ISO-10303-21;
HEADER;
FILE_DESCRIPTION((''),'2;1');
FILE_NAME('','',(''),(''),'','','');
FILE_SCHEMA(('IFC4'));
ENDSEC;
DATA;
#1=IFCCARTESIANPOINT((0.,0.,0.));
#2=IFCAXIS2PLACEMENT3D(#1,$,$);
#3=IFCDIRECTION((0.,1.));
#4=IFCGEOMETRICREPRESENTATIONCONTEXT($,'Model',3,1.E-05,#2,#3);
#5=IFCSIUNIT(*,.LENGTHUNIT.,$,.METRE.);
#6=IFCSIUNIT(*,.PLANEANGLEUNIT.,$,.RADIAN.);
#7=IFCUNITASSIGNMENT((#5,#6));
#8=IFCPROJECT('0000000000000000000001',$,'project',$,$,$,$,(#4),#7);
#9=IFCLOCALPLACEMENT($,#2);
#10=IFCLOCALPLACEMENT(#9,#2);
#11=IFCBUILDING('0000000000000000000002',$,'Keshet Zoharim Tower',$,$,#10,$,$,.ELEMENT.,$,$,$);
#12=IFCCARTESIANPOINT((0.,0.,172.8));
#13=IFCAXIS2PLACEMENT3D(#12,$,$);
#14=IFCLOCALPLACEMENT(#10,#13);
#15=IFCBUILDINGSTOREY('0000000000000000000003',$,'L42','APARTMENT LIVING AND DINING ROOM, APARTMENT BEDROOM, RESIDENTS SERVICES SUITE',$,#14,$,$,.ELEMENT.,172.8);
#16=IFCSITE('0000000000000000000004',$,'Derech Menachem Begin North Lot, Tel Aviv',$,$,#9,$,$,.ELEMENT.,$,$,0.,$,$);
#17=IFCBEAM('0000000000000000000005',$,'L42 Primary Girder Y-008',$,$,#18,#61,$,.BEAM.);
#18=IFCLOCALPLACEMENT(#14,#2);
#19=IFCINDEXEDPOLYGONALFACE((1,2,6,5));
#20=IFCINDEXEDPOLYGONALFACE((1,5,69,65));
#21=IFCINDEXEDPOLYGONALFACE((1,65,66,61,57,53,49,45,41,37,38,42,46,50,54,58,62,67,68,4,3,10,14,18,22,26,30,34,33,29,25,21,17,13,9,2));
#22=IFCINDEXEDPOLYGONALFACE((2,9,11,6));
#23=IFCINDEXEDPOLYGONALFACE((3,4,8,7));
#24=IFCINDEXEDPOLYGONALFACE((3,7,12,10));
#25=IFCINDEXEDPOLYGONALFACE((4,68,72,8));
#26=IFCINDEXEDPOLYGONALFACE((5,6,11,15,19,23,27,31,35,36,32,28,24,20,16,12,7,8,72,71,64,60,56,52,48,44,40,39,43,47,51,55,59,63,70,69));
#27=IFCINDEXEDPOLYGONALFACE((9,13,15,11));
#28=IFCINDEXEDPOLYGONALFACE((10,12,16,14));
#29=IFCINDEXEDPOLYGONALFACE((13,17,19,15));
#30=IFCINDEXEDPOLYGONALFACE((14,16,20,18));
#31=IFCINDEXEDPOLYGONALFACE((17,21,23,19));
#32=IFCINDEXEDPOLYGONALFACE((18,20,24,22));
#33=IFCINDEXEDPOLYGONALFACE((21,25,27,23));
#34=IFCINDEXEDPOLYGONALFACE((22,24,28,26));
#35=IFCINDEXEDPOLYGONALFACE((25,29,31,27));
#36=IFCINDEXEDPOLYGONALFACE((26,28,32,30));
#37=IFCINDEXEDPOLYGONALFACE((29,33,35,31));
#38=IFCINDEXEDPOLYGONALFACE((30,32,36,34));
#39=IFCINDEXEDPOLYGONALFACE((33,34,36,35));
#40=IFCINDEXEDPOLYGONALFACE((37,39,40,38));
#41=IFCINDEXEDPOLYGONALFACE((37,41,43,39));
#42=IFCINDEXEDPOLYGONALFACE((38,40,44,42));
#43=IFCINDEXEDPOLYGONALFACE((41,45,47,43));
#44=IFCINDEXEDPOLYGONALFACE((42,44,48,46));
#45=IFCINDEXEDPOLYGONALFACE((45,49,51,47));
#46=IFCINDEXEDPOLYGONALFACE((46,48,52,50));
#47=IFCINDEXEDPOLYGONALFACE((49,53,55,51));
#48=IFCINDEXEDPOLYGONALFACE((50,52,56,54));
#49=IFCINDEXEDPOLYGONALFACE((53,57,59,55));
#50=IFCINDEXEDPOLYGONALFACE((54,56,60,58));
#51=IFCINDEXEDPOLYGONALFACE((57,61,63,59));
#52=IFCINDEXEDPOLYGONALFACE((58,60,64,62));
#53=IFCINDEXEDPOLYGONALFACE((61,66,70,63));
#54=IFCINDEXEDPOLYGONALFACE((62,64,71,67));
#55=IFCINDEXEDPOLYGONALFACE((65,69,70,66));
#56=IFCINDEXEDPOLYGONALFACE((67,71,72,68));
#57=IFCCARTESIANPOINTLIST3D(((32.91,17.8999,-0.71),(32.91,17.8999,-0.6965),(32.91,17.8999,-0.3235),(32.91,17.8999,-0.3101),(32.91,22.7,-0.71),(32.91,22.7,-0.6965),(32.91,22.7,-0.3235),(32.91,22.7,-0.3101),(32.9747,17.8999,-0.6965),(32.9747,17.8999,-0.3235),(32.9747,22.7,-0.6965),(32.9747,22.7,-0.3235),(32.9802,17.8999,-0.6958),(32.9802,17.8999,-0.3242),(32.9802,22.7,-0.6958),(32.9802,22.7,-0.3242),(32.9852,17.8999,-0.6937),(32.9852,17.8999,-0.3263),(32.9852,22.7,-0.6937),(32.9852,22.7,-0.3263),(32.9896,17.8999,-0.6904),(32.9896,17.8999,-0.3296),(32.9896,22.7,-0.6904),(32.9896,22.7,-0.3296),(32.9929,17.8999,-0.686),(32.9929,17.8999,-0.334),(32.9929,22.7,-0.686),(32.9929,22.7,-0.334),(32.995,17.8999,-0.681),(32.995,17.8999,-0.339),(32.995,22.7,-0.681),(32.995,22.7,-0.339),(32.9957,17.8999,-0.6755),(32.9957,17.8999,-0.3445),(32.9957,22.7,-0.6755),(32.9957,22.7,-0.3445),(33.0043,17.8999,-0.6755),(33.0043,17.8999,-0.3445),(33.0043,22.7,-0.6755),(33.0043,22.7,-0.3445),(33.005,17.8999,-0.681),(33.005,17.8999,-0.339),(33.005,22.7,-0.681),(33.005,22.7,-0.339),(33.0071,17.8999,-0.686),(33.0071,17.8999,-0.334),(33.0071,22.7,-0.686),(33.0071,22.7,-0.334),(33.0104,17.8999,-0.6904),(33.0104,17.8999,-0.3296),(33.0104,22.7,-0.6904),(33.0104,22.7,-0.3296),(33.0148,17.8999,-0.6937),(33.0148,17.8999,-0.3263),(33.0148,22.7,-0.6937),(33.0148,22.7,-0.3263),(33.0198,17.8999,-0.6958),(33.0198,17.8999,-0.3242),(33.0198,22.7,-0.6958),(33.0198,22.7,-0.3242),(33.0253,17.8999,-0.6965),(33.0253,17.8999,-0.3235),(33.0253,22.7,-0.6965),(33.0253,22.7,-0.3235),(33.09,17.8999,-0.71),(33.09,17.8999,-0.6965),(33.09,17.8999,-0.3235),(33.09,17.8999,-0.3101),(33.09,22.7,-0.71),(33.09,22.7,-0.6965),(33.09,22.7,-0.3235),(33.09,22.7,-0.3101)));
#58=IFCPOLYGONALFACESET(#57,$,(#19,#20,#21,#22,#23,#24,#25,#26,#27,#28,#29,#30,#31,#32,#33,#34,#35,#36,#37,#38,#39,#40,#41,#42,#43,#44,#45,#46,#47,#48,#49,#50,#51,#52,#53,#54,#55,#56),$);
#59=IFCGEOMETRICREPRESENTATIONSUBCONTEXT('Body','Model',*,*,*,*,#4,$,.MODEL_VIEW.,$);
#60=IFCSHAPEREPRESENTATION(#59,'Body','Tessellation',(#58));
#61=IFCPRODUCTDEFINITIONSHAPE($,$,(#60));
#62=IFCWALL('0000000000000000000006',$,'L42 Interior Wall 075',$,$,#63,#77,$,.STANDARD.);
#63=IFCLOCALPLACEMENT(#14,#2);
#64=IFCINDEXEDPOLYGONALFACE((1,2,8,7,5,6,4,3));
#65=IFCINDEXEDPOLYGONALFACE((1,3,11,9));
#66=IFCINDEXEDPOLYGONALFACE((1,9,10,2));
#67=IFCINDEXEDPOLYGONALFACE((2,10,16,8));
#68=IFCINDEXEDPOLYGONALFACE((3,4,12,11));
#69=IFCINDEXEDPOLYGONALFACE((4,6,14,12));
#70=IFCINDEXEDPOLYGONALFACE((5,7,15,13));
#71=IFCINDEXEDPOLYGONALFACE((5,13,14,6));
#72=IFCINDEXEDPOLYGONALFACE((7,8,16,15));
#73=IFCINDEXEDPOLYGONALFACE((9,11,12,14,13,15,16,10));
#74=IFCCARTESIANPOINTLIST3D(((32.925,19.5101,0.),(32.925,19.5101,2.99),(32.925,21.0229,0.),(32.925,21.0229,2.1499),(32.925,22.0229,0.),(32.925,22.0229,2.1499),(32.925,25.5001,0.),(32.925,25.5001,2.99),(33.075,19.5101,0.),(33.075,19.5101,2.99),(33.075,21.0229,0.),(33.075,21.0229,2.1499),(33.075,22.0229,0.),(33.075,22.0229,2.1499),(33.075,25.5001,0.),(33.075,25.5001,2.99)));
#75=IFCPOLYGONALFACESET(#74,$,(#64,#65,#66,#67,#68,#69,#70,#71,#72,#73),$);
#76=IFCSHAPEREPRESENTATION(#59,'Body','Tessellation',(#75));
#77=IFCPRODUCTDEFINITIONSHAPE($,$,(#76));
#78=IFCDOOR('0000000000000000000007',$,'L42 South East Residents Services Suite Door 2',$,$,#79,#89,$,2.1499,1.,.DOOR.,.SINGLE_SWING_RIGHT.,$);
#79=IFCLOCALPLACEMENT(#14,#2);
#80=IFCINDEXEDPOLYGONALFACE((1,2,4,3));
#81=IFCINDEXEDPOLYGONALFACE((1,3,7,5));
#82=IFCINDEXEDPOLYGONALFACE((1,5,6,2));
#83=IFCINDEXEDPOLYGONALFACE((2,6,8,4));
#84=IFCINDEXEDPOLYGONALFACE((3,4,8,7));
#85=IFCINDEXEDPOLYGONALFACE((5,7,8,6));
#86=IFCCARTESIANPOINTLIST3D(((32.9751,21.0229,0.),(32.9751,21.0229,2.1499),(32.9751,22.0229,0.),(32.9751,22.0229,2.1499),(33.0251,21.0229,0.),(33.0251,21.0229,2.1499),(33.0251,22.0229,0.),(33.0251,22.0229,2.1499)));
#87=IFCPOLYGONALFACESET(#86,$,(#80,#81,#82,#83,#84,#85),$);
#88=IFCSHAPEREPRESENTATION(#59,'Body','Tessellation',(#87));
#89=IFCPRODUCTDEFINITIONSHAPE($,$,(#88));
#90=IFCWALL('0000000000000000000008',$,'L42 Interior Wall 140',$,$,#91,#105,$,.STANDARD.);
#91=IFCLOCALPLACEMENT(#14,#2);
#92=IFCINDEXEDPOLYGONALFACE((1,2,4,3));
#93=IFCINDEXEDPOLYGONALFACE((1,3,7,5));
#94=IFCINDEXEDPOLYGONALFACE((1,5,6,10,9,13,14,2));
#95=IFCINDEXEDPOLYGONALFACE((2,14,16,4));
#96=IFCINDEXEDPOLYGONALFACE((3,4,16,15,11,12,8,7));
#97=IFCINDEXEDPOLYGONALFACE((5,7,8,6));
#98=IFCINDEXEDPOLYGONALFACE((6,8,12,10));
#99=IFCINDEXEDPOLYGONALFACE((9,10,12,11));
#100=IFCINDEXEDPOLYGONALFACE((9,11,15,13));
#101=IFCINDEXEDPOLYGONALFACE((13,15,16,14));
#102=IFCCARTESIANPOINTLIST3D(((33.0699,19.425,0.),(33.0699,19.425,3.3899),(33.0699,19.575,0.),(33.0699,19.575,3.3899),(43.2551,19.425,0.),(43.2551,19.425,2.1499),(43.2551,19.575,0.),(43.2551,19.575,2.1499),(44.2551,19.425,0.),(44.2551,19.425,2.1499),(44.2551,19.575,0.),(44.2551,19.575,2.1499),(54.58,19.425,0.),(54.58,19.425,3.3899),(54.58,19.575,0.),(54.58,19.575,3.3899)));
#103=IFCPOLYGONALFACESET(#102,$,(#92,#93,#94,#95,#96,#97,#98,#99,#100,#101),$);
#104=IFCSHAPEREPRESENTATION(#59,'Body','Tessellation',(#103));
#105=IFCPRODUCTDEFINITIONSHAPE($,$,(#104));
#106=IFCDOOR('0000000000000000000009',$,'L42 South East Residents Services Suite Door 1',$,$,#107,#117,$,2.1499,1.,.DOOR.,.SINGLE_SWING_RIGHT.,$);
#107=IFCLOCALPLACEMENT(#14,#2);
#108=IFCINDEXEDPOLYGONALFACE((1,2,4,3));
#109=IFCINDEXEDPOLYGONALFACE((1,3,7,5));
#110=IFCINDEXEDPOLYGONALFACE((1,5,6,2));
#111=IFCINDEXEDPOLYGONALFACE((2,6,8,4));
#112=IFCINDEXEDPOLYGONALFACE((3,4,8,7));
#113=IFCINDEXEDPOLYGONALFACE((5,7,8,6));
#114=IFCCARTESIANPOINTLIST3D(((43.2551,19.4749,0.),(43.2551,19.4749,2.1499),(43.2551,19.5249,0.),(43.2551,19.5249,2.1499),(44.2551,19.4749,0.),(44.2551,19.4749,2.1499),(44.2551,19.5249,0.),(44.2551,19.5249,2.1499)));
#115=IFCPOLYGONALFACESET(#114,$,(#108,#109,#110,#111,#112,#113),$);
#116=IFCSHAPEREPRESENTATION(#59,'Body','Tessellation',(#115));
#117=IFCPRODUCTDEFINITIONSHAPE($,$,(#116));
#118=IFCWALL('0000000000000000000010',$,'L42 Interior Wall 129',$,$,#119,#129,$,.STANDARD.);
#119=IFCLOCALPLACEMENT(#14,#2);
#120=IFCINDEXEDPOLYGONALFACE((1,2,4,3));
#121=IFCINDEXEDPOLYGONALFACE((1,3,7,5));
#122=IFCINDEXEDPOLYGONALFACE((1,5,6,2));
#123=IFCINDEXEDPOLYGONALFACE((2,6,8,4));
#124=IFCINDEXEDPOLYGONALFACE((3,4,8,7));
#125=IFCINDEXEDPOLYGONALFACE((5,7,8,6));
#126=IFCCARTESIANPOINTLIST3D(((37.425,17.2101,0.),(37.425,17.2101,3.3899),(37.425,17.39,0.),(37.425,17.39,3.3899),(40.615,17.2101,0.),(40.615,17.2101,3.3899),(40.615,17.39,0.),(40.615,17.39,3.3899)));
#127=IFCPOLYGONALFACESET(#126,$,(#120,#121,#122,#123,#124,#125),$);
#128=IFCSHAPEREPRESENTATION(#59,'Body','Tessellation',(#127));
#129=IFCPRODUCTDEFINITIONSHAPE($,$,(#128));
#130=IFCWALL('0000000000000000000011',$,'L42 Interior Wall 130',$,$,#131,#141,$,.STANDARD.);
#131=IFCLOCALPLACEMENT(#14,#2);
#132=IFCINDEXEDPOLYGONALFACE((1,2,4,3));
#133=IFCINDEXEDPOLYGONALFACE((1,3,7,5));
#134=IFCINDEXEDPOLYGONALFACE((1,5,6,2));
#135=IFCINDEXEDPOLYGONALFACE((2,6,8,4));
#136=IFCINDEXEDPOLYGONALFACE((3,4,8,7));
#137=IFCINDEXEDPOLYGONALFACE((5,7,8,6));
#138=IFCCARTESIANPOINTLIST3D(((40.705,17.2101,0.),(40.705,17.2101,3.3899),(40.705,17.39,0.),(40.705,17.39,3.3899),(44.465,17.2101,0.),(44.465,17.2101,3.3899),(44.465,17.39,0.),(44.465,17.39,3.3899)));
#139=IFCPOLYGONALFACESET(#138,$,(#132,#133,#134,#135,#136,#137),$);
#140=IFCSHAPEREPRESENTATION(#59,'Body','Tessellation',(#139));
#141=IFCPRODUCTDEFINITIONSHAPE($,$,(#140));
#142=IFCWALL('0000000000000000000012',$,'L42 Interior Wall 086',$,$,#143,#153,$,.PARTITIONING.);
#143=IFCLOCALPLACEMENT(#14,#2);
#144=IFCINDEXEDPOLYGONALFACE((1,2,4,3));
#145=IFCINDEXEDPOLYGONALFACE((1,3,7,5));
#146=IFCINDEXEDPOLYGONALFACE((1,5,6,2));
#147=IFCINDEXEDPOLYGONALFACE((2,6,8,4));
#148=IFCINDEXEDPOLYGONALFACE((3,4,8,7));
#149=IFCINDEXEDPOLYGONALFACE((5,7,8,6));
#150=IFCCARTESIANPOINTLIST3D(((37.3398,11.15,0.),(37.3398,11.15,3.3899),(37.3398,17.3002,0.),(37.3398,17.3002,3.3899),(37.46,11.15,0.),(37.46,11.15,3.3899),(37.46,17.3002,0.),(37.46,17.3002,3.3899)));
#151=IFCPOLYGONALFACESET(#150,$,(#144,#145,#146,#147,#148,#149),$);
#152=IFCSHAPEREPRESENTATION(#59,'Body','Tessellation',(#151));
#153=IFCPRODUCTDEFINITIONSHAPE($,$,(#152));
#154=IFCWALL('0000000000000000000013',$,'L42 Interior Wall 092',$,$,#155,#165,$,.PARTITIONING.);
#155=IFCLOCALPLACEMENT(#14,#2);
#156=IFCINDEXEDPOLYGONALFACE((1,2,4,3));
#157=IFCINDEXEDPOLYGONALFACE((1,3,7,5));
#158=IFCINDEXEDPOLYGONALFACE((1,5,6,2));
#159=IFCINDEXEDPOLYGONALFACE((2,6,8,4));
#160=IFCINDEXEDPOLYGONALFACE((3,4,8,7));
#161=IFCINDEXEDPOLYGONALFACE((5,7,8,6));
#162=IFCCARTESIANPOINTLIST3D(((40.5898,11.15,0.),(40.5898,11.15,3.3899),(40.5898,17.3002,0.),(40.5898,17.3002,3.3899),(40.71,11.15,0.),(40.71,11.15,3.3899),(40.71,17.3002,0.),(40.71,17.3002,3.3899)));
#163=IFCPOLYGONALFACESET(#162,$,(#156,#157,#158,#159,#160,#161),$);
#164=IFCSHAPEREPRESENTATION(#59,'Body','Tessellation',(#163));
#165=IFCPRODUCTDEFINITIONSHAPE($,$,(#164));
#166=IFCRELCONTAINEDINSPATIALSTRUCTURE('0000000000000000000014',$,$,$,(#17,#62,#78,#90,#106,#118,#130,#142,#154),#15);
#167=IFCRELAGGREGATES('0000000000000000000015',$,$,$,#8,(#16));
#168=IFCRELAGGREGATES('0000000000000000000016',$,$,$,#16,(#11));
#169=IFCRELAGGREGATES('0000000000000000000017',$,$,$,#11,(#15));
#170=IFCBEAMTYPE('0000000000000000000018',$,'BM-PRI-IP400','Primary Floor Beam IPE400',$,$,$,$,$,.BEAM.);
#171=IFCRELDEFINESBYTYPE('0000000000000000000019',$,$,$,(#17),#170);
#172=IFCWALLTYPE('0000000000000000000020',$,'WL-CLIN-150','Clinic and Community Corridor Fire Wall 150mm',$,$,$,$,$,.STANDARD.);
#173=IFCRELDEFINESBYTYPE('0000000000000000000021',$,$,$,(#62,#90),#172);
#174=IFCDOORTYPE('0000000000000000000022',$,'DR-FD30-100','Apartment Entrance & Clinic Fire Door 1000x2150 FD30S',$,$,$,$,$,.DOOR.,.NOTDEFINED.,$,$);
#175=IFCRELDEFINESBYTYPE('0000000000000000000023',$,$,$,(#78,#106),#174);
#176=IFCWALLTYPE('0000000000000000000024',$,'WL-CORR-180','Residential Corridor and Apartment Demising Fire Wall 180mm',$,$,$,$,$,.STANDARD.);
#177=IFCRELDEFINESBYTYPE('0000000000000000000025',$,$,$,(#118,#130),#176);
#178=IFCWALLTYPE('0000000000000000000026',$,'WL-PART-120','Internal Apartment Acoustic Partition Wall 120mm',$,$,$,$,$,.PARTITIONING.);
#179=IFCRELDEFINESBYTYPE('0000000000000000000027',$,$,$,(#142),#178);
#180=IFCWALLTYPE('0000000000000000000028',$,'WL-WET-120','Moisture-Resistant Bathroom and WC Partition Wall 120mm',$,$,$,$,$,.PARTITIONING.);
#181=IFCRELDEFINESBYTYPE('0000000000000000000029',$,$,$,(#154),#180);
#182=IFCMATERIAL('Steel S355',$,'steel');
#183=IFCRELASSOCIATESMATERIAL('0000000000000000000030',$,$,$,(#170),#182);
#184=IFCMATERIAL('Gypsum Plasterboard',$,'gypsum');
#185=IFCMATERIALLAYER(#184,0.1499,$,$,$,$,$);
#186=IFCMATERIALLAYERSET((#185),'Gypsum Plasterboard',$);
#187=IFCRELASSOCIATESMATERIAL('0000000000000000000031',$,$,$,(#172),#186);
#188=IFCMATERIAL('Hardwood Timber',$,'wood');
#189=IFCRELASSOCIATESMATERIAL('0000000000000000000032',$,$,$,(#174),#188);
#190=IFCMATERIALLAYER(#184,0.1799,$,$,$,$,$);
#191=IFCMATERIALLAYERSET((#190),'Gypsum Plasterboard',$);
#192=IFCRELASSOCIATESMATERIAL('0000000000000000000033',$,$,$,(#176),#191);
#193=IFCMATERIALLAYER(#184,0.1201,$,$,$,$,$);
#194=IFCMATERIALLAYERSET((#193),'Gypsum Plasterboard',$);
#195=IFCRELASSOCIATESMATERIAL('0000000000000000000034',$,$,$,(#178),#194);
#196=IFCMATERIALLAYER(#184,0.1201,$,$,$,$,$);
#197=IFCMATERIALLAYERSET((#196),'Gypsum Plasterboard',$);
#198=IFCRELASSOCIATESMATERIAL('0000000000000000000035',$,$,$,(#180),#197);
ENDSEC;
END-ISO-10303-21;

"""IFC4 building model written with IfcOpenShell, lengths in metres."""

from ifc_helpers import new_model, si_unit, direction, frame, frame_2d, origin, origin_2d, place, context, subcontext, project, spatial, rectangle, i_section, extrude, material, layer, layer_set, material_profile, profile_set, type_object, element, fill, save


model = new_model("IFC4")

# Units and contexts
model_context = context("Model", 3, precision=1e-05, world=origin(), true_north=direction((0.0, 1.0)))
body_context = subcontext(model_context, "Body", "Model", "MODEL_VIEW")
ifc_project = project(units=[si_unit("LENGTHUNIT", "METRE"), si_unit("PLANEANGLEUNIT", "RADIAN")], contexts=[model_context])

# Site, building, storey
site_placement = place(None, origin())
site = spatial("IfcSite", under=ifc_project, at=site_placement, Name="Derech Menachem Begin North Lot, Tel Aviv", CompositionType="ELEMENT", RefElevation=0.0)
building_placement = place(site_placement, origin())
building = spatial("IfcBuilding", under=site, at=building_placement, Name="Keshet Zoharim Tower", CompositionType="ELEMENT")
storey_placement = place(building_placement, frame((0.0, 0.0, 172.8)))
storey = spatial("IfcBuildingStorey", under=building, at=storey_placement, Name="L42", Description="APARTMENT LIVING AND DINING ROOM, APARTMENT BEDROOM, RESIDENTS SERVICES SUITE", CompositionType="ELEMENT", Elevation=172.8)

# Beam
ifc_material_1 = material(Name="Steel S355", Category="steel")
ifc_material_profile_1 = material_profile(ifc_material_1, i_section(OverallWidth=0.1799, OverallDepth=0.3999, WebThickness=0.0085, FlangeThickness=0.0134, FilletRadius=0.021, at=origin_2d()), Name="IPE400")
ifc_profile_set_1 = profile_set([ifc_material_profile_1], Name="Steel S355")
beam_type_1 = type_object("IfcBeamType", Name="BM-PRI-IP400", Description="Primary Floor Beam IPE400", PredefinedType="BEAM", material=ifc_profile_set_1)
beam_1_placement = place(storey_placement, frame((33.0, 17.8999, -0.51), z_axis=(0.0, 1.0, 0.0), x_axis=(-1.0, 0.0, 0.0)))
element("IfcBeam", 1, at=beam_1_placement, inside=storey, type_object=beam_type_1, Name="L42 Primary Girder Y-008", PredefinedType="BEAM", context=body_context, shape_type="SweptSolid", body=[
    extrude(i_section(OverallWidth=0.1799, OverallDepth=0.3999, WebThickness=0.0085, FlangeThickness=0.0134, FilletRadius=0.021, at=origin_2d()), origin(), (0.0, 0.0, 1.0), 4.8),
])

# Walls, openings, doors
ifc_material_2 = material(Name="Gypsum Plasterboard", Category="gypsum")
ifc_layer_1 = layer(ifc_material_2, 0.1499)
ifc_layer_set_1 = layer_set([ifc_layer_1], Name="Gypsum Plasterboard")
wall_type_1 = type_object("IfcWallType", Name="WL-CLIN-150", Description="Clinic and Community Corridor Fire Wall 150mm", PredefinedType="STANDARD", material=ifc_layer_set_1)
wall_1_placement = place(storey_placement, frame((33.0, 19.51, 0.0), z_axis=(0.0, 0.0, 1.0), x_axis=(0.0, 1.0, 0.0)))
wall_1 = element("IfcWall", 2, at=wall_1_placement, inside=storey, type_object=wall_type_1, Name="L42 Interior Wall 075", PredefinedType="STANDARD", context=body_context, shape_type="SweptSolid", body=[
    extrude(rectangle(XDim=5.99, YDim=0.1499, at=frame_2d((2.9951, 0.0))), origin(), (0.0, 0.0, 1.0), 2.99),
])
opening_1_placement = place(wall_1_placement, frame((1.5129, 0.0, 0.0)))
opening_1 = element("IfcOpeningElement", 3, at=opening_1_placement, cuts=wall_1, PredefinedType="OPENING", context=body_context, shape_type="SweptSolid", body=[
    extrude(rectangle(XDim=1.0, YDim=2.1499, at=frame_2d((0.5, 1.075))), frame((0.0, 0.085, 0.0), z_axis=(0.0, -1.0, 0.0), x_axis=(1.0, 0.0, 0.0)), (0.0, 0.0, 1.0), 0.1699),
])
ifc_material_3 = material(Name="Hardwood Timber", Category="wood")
door_type_1 = type_object("IfcDoorType", Name="DR-FD30-100", Description="Apartment Entrance & Clinic Fire Door 1000x2150 FD30S", OperationType="NOTDEFINED", PredefinedType="DOOR", material=ifc_material_3)
door_1_placement = place(opening_1_placement, origin())
door_1 = element("IfcDoor", 4, at=door_1_placement, inside=storey, type_object=door_type_1, Name="L42 South East Residents Services Suite Door 2", OperationType="SINGLE_SWING_RIGHT", OverallHeight=2.1499, OverallWidth=1.0, PredefinedType="DOOR", context=body_context, shape_type="SweptSolid", body=[
    extrude(rectangle(XDim=1.0, YDim=2.1499, at=frame_2d((0.5, 1.075))), frame((0.0, 0.0249, 0.0), z_axis=(0.0, -1.0, 0.0), x_axis=(1.0, 0.0, 0.0)), (0.0, 0.0, 1.0), 0.05),
])
fill(opening_1, door_1)
wall_2_placement = place(storey_placement, frame((33.0701, 19.5, 0.0), z_axis=(0.0, 0.0, 1.0), x_axis=(1.0, 0.0, 0.0)))
wall_2 = element("IfcWall", 5, at=wall_2_placement, inside=storey, type_object=wall_type_1, Name="L42 Interior Wall 140", PredefinedType="STANDARD", context=body_context, shape_type="SweptSolid", body=[
    extrude(rectangle(XDim=21.51, YDim=0.1499, at=frame_2d((10.7549, 0.0))), origin(), (0.0, 0.0, 1.0), 3.3899),
])
opening_2_placement = place(wall_2_placement, frame((10.1851, 0.0, 0.0)))
opening_2 = element("IfcOpeningElement", 6, at=opening_2_placement, cuts=wall_2, PredefinedType="OPENING", context=body_context, shape_type="SweptSolid", body=[
    extrude(rectangle(XDim=1.0, YDim=2.1499, at=frame_2d((0.5, 1.075))), frame((0.0, 0.085, 0.0), z_axis=(0.0, -1.0, 0.0), x_axis=(1.0, 0.0, 0.0)), (0.0, 0.0, 1.0), 0.1699),
])
door_2_placement = place(opening_2_placement, origin())
door_2 = element("IfcDoor", 7, at=door_2_placement, inside=storey, type_object=door_type_1, Name="L42 South East Residents Services Suite Door 1", OperationType="SINGLE_SWING_RIGHT", OverallHeight=2.1499, OverallWidth=1.0, PredefinedType="DOOR", context=body_context, shape_type="SweptSolid", body=[
    extrude(rectangle(XDim=1.0, YDim=2.1499, at=frame_2d((0.5, 1.075))), frame((0.0, 0.0249, 0.0), z_axis=(0.0, -1.0, 0.0), x_axis=(1.0, 0.0, 0.0)), (0.0, 0.0, 1.0), 0.05),
])
fill(opening_2, door_2)

# Walls
ifc_layer_2 = layer(ifc_material_2, 0.1799)
ifc_layer_set_2 = layer_set([ifc_layer_2], Name="Gypsum Plasterboard")
wall_type_2 = type_object("IfcWallType", Name="WL-CORR-180", Description="Residential Corridor and Apartment Demising Fire Wall 180mm", PredefinedType="STANDARD", material=ifc_layer_set_2)
wall_3_placement = place(storey_placement, frame((37.425, 17.3, 0.0), z_axis=(0.0, 0.0, 1.0), x_axis=(1.0, 0.0, 0.0)))
element("IfcWall", 8, at=wall_3_placement, inside=storey, type_object=wall_type_2, Name="L42 Interior Wall 129", PredefinedType="STANDARD", context=body_context, shape_type="SweptSolid", body=[
    extrude(rectangle(XDim=3.1899, YDim=0.1799, at=frame_2d((1.595, 0.0))), origin(), (0.0, 0.0, 1.0), 3.3899),
])
wall_4_placement = place(storey_placement, frame((40.7051, 17.3, 0.0), z_axis=(0.0, 0.0, 1.0), x_axis=(1.0, 0.0, 0.0)))
element("IfcWall", 9, at=wall_4_placement, inside=storey, type_object=wall_type_2, Name="L42 Interior Wall 130", PredefinedType="STANDARD", context=body_context, shape_type="SweptSolid", body=[
    extrude(rectangle(XDim=3.76, YDim=0.1799, at=frame_2d((1.8799, 0.0))), origin(), (0.0, 0.0, 1.0), 3.3899),
])
ifc_layer_3 = layer(ifc_material_2, 0.1201)
ifc_layer_set_3 = layer_set([ifc_layer_3], Name="Gypsum Plasterboard")
wall_type_3 = type_object("IfcWallType", Name="WL-PART-120", Description="Internal Apartment Acoustic Partition Wall 120mm", PredefinedType="PARTITIONING", material=ifc_layer_set_3)
wall_5_placement = place(storey_placement, frame((37.3999, 11.1499, 0.0), z_axis=(0.0, 0.0, 1.0), x_axis=(0.0, 1.0, 0.0)))
element("IfcWall", 10, at=wall_5_placement, inside=storey, type_object=wall_type_3, Name="L42 Interior Wall 086", PredefinedType="PARTITIONING", context=body_context, shape_type="SweptSolid", body=[
    extrude(rectangle(XDim=6.1501, YDim=0.1201, at=frame_2d((3.0752, 0.0))), origin(), (0.0, 0.0, 1.0), 3.3899),
])

# Wall
ifc_layer_4 = layer(ifc_material_2, 0.1201)
ifc_layer_set_4 = layer_set([ifc_layer_4], Name="Gypsum Plasterboard")
wall_type_4 = type_object("IfcWallType", Name="WL-WET-120", Description="Moisture-Resistant Bathroom and WC Partition Wall 120mm", PredefinedType="PARTITIONING", material=ifc_layer_set_4)
wall_6_placement = place(storey_placement, frame((40.6499, 11.1499, 0.0), z_axis=(0.0, 0.0, 1.0), x_axis=(0.0, 1.0, 0.0)))
element("IfcWall", 11, at=wall_6_placement, inside=storey, type_object=wall_type_4, Name="L42 Interior Wall 092", PredefinedType="PARTITIONING", context=body_context, shape_type="SweptSolid", body=[
    extrude(rectangle(XDim=6.1501, YDim=0.1201, at=frame_2d((3.0752, 0.0))), origin(), (0.0, 0.0, 1.0), 3.3899),
])

save(model, "model.ifc")
